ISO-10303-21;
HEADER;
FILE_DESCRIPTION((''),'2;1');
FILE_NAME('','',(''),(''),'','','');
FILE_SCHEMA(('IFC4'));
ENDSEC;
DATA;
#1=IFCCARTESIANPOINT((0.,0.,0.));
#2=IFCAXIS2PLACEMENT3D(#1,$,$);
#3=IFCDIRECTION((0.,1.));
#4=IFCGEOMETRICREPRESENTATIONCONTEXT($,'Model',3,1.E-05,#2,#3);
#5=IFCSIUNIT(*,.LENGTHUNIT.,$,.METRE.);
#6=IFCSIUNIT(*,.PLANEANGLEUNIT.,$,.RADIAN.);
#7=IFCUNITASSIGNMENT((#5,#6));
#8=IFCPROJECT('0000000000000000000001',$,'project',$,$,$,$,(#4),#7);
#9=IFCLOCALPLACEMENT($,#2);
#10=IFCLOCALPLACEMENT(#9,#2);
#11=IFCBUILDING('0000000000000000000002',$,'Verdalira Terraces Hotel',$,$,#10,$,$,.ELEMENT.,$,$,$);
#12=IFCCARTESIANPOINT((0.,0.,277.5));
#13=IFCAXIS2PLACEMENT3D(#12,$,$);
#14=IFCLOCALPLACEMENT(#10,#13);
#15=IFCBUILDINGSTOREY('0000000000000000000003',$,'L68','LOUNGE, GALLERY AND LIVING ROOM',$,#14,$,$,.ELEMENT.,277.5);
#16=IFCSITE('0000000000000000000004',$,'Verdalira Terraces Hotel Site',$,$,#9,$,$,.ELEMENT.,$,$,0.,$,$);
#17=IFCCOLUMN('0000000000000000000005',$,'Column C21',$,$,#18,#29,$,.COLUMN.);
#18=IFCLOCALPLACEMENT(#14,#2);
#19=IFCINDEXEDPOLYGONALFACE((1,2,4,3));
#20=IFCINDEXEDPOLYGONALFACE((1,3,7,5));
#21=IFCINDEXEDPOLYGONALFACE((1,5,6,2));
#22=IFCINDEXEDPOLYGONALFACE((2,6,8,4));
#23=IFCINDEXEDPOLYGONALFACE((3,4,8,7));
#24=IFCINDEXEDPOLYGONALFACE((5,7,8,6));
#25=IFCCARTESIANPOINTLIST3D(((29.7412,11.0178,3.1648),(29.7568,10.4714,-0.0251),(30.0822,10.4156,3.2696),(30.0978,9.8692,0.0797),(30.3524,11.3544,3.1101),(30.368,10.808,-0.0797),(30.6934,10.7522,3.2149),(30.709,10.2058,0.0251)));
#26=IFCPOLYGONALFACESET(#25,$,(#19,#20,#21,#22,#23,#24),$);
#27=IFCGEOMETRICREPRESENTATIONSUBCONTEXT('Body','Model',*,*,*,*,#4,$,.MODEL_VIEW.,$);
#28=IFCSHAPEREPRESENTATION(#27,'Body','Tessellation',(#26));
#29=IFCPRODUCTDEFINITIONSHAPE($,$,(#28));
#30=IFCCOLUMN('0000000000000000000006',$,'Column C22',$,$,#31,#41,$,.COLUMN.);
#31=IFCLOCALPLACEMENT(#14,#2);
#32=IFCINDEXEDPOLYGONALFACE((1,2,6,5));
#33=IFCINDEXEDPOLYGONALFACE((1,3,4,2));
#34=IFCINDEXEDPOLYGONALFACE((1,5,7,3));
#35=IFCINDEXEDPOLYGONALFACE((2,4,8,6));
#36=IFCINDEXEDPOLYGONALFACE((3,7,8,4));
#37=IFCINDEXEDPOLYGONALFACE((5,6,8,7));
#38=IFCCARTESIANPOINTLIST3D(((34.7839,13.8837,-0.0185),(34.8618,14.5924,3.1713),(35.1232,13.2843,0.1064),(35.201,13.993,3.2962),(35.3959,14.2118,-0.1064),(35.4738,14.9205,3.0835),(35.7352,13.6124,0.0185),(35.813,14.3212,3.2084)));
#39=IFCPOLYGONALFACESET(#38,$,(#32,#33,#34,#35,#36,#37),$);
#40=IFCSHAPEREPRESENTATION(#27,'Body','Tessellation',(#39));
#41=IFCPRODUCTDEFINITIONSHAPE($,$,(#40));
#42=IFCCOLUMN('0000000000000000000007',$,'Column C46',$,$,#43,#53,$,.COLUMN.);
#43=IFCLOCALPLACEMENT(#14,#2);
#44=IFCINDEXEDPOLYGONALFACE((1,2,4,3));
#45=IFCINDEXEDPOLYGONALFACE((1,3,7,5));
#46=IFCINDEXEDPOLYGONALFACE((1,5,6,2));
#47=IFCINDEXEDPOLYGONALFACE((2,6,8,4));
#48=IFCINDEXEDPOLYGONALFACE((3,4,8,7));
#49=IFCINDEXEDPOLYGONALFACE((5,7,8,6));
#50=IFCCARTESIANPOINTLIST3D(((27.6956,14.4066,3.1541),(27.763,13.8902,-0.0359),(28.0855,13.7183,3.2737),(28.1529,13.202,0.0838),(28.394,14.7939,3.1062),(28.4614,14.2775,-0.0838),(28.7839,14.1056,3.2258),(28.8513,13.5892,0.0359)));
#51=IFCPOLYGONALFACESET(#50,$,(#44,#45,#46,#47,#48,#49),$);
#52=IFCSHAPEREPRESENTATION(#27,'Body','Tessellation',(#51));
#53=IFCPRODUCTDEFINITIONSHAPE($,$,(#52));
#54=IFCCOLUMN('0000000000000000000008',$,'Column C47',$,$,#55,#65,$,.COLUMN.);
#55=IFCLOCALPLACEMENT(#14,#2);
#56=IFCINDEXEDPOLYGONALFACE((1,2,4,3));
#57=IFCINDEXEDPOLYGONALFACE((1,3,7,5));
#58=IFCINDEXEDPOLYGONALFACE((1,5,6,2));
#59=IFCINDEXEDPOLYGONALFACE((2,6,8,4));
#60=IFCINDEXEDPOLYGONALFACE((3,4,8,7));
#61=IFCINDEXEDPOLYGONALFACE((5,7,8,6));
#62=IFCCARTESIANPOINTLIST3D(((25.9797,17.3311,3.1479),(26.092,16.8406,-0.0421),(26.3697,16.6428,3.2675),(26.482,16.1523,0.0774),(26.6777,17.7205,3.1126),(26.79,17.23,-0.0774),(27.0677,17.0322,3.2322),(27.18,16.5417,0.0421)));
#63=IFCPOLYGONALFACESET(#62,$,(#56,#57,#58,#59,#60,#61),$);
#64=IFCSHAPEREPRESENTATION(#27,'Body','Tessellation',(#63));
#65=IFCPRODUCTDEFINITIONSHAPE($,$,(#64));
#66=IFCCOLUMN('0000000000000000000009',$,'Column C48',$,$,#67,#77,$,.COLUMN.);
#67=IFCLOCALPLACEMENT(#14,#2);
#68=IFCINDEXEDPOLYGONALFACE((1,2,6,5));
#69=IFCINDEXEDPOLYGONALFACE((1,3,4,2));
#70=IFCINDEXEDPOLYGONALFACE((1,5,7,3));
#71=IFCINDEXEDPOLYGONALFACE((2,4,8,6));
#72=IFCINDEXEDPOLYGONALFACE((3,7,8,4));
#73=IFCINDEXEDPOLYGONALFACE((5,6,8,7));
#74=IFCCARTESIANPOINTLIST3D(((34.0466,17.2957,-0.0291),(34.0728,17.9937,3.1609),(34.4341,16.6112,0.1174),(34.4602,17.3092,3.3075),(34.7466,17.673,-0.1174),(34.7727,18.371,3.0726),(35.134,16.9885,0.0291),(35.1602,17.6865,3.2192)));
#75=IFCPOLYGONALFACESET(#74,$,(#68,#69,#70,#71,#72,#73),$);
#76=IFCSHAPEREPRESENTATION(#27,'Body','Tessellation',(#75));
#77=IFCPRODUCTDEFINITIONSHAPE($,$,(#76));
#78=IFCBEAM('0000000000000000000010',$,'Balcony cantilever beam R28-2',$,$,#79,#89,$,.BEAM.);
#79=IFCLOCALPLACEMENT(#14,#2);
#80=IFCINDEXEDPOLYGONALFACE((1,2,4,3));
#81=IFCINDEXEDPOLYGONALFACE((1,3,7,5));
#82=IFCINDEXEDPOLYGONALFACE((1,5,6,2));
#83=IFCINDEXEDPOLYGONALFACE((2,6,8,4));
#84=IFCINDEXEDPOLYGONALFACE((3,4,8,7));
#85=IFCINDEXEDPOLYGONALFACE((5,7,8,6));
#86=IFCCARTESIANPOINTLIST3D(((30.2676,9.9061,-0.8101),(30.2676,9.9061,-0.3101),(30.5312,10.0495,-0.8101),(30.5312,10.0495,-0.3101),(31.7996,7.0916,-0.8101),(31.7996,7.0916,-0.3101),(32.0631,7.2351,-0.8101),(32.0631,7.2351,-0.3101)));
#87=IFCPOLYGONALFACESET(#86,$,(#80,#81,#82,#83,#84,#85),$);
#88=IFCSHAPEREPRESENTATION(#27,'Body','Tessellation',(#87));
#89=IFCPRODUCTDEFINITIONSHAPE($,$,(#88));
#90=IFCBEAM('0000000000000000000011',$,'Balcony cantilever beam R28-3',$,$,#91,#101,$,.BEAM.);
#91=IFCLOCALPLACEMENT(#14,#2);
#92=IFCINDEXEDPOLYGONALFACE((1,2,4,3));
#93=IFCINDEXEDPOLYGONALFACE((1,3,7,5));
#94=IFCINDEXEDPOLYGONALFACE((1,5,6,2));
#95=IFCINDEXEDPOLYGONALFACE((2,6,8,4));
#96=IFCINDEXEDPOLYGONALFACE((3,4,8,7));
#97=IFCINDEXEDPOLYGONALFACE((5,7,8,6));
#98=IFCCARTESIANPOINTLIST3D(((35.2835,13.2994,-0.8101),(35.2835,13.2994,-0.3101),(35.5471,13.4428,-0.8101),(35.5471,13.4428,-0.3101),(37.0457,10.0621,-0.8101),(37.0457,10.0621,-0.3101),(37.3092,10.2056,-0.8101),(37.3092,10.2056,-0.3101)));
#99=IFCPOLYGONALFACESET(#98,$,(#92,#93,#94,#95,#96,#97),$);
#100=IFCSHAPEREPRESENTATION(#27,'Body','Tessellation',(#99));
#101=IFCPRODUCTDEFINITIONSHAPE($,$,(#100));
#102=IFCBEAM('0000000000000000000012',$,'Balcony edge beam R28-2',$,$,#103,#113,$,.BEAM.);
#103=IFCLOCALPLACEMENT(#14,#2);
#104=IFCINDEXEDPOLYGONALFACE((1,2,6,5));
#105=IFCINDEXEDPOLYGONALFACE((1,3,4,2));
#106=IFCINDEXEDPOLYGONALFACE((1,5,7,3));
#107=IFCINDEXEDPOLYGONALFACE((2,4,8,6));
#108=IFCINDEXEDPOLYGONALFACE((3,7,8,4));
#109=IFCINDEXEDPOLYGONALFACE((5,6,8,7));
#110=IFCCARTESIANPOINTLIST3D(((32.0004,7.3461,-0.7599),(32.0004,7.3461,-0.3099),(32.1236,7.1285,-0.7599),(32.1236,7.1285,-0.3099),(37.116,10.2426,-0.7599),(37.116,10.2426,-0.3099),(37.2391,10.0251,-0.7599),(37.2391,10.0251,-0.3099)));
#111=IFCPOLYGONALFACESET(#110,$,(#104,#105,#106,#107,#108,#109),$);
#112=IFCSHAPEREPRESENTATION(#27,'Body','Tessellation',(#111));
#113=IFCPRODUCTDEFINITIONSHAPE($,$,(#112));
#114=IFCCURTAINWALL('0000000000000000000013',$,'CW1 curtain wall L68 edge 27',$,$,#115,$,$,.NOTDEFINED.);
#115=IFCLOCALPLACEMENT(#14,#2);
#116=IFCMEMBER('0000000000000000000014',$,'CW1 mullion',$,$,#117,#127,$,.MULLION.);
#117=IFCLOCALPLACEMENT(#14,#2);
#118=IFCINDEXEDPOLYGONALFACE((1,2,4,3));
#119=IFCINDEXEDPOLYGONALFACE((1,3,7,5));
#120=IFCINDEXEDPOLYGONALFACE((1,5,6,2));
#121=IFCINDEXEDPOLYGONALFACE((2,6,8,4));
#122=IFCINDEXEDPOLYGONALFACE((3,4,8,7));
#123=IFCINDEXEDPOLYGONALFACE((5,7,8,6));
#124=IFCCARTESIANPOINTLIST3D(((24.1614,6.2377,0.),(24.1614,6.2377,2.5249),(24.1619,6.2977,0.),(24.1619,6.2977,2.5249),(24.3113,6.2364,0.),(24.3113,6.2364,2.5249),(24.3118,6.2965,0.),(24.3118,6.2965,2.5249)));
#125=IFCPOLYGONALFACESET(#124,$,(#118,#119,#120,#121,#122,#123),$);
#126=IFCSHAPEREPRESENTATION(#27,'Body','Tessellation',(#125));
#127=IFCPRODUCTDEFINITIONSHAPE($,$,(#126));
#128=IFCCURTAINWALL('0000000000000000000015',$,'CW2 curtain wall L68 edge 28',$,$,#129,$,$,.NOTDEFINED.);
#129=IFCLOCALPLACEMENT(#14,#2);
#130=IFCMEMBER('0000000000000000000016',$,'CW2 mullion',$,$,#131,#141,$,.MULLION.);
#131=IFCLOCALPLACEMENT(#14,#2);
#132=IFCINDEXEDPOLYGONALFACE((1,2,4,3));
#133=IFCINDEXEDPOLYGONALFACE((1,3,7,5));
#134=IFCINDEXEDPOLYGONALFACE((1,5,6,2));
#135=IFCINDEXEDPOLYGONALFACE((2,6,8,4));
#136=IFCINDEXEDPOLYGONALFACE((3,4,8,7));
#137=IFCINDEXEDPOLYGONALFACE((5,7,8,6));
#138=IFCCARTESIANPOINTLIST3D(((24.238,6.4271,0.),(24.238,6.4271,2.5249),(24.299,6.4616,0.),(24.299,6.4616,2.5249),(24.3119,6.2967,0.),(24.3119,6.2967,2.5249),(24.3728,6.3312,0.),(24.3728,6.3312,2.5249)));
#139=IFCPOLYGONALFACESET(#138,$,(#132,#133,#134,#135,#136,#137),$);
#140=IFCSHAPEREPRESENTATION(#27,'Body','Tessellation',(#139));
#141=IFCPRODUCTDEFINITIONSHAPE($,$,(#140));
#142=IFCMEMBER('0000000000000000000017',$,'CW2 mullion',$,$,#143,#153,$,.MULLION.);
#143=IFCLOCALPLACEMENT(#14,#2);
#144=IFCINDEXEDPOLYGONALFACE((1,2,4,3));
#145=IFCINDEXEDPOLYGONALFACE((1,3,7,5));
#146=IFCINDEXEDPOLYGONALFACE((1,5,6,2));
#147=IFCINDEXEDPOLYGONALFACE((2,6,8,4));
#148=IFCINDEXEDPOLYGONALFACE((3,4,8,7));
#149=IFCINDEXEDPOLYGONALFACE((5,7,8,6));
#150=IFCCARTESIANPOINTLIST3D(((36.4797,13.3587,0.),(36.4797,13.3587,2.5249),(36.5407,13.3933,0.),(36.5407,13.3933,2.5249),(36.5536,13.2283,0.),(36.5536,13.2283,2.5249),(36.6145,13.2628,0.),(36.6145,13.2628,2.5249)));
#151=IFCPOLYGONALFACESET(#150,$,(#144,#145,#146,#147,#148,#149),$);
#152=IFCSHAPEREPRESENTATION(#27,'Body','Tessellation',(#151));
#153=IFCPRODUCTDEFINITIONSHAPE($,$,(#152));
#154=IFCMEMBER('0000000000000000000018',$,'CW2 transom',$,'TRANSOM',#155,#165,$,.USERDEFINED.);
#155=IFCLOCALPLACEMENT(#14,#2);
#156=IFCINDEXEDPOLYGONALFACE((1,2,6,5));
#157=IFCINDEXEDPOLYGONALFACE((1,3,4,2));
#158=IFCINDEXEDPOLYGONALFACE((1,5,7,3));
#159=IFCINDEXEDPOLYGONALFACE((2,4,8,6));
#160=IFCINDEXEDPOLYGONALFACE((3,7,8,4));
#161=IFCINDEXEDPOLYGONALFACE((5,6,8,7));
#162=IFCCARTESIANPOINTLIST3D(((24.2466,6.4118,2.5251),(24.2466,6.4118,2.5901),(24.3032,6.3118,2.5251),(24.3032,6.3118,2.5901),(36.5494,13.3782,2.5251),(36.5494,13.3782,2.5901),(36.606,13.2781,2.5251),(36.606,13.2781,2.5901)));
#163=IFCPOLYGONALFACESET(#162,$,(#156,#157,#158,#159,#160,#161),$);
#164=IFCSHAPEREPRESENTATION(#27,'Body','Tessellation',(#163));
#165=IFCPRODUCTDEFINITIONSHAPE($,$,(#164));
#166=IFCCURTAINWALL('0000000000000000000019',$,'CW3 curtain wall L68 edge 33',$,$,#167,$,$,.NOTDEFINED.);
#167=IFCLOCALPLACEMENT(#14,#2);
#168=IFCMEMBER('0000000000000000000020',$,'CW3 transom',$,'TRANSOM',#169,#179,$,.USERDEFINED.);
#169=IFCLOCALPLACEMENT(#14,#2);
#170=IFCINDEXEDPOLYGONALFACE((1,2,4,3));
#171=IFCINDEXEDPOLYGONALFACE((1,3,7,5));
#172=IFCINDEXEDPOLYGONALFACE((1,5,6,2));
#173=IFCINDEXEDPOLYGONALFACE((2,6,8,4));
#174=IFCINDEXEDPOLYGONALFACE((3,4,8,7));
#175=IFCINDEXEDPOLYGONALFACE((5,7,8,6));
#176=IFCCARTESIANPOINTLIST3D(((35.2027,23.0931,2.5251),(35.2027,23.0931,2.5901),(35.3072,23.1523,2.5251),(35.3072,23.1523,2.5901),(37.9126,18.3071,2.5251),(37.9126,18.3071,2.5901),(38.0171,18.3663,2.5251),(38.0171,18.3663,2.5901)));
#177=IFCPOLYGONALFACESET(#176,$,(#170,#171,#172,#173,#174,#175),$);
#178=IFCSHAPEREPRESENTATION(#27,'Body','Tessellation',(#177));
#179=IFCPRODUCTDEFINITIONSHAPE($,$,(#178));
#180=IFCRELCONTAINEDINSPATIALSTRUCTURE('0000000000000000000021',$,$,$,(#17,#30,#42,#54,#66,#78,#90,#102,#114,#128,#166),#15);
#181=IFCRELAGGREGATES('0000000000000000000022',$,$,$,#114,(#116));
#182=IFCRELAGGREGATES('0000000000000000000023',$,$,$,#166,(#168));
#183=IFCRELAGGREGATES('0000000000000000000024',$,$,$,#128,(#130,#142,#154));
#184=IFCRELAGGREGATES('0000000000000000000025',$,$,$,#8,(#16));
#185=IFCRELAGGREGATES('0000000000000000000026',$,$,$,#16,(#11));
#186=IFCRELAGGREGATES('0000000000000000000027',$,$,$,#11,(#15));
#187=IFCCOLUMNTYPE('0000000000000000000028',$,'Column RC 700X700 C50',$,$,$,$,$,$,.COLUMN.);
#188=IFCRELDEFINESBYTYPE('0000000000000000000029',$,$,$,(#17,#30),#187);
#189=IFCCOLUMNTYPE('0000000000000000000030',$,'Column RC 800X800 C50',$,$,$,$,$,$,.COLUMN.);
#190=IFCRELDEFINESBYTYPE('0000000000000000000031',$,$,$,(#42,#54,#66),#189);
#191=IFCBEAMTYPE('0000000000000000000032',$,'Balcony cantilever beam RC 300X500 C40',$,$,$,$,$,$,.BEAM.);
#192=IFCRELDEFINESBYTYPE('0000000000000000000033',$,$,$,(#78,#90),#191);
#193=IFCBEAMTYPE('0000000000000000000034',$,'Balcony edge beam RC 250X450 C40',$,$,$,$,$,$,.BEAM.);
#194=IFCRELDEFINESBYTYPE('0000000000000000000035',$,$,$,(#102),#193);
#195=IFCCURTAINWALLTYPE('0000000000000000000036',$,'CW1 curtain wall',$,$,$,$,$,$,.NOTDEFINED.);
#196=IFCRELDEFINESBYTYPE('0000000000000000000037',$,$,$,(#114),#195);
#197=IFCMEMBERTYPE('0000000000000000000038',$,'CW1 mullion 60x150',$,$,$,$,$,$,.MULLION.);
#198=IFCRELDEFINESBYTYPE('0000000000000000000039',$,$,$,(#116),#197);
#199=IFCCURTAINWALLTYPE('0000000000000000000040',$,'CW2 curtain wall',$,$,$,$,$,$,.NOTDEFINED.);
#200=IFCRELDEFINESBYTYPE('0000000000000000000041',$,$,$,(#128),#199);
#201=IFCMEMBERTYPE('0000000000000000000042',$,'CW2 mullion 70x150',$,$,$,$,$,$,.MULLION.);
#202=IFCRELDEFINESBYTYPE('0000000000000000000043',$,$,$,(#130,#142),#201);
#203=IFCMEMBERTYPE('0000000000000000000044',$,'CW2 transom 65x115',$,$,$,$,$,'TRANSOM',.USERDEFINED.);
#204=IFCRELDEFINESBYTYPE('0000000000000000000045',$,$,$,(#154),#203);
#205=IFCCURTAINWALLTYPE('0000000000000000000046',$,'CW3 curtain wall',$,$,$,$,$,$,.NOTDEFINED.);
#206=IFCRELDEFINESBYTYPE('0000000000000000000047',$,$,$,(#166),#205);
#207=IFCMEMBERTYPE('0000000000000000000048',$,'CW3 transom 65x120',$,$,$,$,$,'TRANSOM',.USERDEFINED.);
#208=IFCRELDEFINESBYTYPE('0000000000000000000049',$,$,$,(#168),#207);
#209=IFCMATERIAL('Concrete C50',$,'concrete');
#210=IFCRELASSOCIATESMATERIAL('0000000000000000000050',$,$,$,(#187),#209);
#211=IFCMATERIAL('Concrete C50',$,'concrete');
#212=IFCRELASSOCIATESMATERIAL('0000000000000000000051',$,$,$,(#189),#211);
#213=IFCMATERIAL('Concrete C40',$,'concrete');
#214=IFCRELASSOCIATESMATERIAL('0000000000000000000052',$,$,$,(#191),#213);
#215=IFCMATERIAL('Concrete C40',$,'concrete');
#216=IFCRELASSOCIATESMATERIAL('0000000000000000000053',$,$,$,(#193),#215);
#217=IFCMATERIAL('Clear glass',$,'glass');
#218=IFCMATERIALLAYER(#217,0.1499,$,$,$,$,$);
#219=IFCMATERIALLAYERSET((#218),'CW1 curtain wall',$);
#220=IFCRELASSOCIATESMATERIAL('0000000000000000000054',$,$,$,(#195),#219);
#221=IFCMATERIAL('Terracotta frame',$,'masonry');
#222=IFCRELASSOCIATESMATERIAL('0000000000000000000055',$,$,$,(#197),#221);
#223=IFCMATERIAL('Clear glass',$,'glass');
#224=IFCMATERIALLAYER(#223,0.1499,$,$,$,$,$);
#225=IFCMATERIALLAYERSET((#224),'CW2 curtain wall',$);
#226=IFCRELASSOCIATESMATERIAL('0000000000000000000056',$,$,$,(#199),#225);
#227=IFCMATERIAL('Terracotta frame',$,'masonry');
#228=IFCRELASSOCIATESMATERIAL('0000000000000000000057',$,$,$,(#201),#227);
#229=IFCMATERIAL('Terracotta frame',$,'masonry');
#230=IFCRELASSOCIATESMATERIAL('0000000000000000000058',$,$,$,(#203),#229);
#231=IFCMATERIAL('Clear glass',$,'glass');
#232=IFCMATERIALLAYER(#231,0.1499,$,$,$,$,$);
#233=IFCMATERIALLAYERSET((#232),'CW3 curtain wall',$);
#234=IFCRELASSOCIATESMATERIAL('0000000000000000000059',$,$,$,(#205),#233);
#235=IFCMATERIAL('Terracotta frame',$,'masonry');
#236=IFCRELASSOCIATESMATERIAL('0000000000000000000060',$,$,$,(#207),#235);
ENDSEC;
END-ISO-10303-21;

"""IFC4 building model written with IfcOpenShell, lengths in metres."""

from ifc_helpers import new_model, si_unit, direction, frame, origin, origin_2d, place, context, subcontext, project, spatial, rectangle, extrude, material, layer, layer_set, material_profile, profile_set, type_object, element, aggregate, save


model = new_model("IFC4")

# Units and contexts
model_context = context("Model", 3, precision=1e-05, world=origin(), true_north=direction((0.0, 1.0)))
body_context = subcontext(model_context, "Body", "Model", "MODEL_VIEW")
ifc_project = project(units=[si_unit("LENGTHUNIT", "METRE"), si_unit("PLANEANGLEUNIT", "RADIAN")], contexts=[model_context])

# Site, building, storey
site_placement = place(None, origin())
site = spatial("IfcSite", under=ifc_project, at=site_placement, Name="Verdalira Terraces Hotel Site", CompositionType="ELEMENT", RefElevation=0.0)
building_placement = place(site_placement, origin())
building = spatial("IfcBuilding", under=site, at=building_placement, Name="Verdalira Terraces Hotel", CompositionType="ELEMENT")
storey_placement = place(building_placement, frame((0.0, 0.0, 277.5)))
storey = spatial("IfcBuildingStorey", under=building, at=storey_placement, Name="L68", Description="LOUNGE, GALLERY AND LIVING ROOM", CompositionType="ELEMENT", Elevation=277.5)

# Columns
ifc_material_1 = material(Name="Concrete C50", Category="concrete")
ifc_material_profile_1 = material_profile(ifc_material_1, rectangle(XDim=0.7, YDim=0.7, at=origin_2d()), Name="RC 700X700")
ifc_profile_set_1 = profile_set([ifc_material_profile_1], Name="Concrete C50")
column_type_1 = type_object("IfcColumnType", Name="Column RC 700X700 C50", PredefinedType="COLUMN", material=ifc_profile_set_1)
column_1_placement = place(storey_placement, frame((30.2329, 10.3386, 0.0), z_axis=(-0.004828, 0.168824, 0.985634), x_axis=(0.873294, 0.480895, -0.078092)))
element("IfcColumn", 1, at=column_1_placement, inside=storey, type_object=column_type_1, Name="Column C21", PredefinedType="COLUMN", context=body_context, shape_type="SweptSolid", body=[
    extrude(rectangle(XDim=0.7, YDim=0.7, at=origin_2d()), origin(), (0.0, 0.0, 1.0), 3.2363),
])
column_2_placement = place(storey_placement, frame((35.2595, 13.748, 0.0), z_axis=(0.023827, 0.216829, 0.975919), x_axis=(0.874344, 0.468798, -0.125504)))
element("IfcColumn", 2, at=column_2_placement, inside=storey, type_object=column_type_1, Name="Column C22", PredefinedType="COLUMN", context=body_context, shape_type="SweptSolid", body=[
    extrude(rectangle(XDim=0.7, YDim=0.7, at=origin_2d()), origin(), (0.0, 0.0, 1.0), 3.2686),
])
ifc_material_2 = material(Name="Concrete C50", Category="concrete")
ifc_material_profile_2 = material_profile(ifc_material_2, rectangle(XDim=0.8, YDim=0.8, at=origin_2d()), Name="RC 800X800")
ifc_profile_set_2 = profile_set([ifc_material_profile_2], Name="Concrete C50")
column_type_2 = type_object("IfcColumnType", Name="Column RC 800X800 C50", PredefinedType="COLUMN", material=ifc_profile_set_2)
column_3_placement = place(storey_placement, frame((28.3071, 13.7397, 0.0), z_axis=(-0.020848, 0.159756, 0.986936), x_axis=(0.872969, 0.484082, -0.059918)))
element("IfcColumn", 3, at=column_3_placement, inside=storey, type_object=column_type_2, Name="Column C46", PredefinedType="COLUMN", context=body_context, shape_type="SweptSolid", body=[
    extrude(rectangle(XDim=0.8, YDim=0.8, at=origin_2d()), origin(), (0.0, 0.0, 1.0), 3.2322),
])
column_4_placement = place(storey_placement, frame((26.636, 16.6912, 0.0), z_axis=(-0.034776, 0.15188, 0.987787), x_axis=(0.872446, 0.486716, -0.044121)))
element("IfcColumn", 4, at=column_4_placement, inside=storey, type_object=column_type_2, Name="Column C47", PredefinedType="COLUMN", context=body_context, shape_type="SweptSolid", body=[
    extrude(rectangle(XDim=0.8, YDim=0.8, at=origin_2d()), origin(), (0.0, 0.0, 1.0), 3.2295),
])
column_5_placement = place(storey_placement, frame((34.5903, 17.1421, 0.0), z_axis=(0.008, 0.213748, 0.976856), x_axis=(0.874871, 0.471617, -0.11036)))
element("IfcColumn", 5, at=column_5_placement, inside=storey, type_object=column_type_2, Name="Column C48", PredefinedType="COLUMN", context=body_context, shape_type="SweptSolid", body=[
    extrude(rectangle(XDim=0.8, YDim=0.8, at=origin_2d()), origin(), (0.0, 0.0, 1.0), 3.2656),
])

# Beams
ifc_material_3 = material(Name="Concrete C40", Category="concrete")
ifc_material_profile_3 = material_profile(ifc_material_3, rectangle(XDim=0.3, YDim=0.5, at=origin_2d()), Name="RC 300X500")
ifc_profile_set_3 = profile_set([ifc_material_profile_3], Name="Concrete C40")
beam_type_1 = type_object("IfcBeamType", Name="Balcony cantilever beam RC 300X500 C40", PredefinedType="BEAM", material=ifc_profile_set_3)
beam_1_placement = place(storey_placement, frame((30.3994, 9.9778, -0.5601), z_axis=(0.478089, -0.878312, 0.0), x_axis=(0.878312, 0.478089, 0.0)))
element("IfcBeam", 6, at=beam_1_placement, inside=storey, type_object=beam_type_1, Name="Balcony cantilever beam R28-2", PredefinedType="BEAM", context=body_context, shape_type="SweptSolid", body=[
    extrude(rectangle(XDim=0.3, YDim=0.5, at=origin_2d()), origin(), (0.0, 0.0, 1.0), 3.2043),
])
beam_2_placement = place(storey_placement, frame((35.4153, 13.3711, -0.5601), z_axis=(0.4781, -0.878305, 0.0), x_axis=(0.878305, 0.4781, 0.0)))
element("IfcBeam", 7, at=beam_2_placement, inside=storey, type_object=beam_type_1, Name="Balcony cantilever beam R28-3", PredefinedType="BEAM", context=body_context, shape_type="SweptSolid", body=[
    extrude(rectangle(XDim=0.3, YDim=0.5, at=origin_2d()), origin(), (0.0, 0.0, 1.0), 3.6858),
])
ifc_material_4 = material(Name="Concrete C40", Category="concrete")
ifc_material_profile_4 = material_profile(ifc_material_4, rectangle(XDim=0.25, YDim=0.45, at=origin_2d()), Name="RC 250X450")
ifc_profile_set_4 = profile_set([ifc_material_profile_4], Name="Concrete C40")
beam_type_2 = type_object("IfcBeamType", Name="Balcony edge beam RC 250X450 C40", PredefinedType="BEAM", material=ifc_profile_set_4)
beam_3_placement = place(storey_placement, frame((32.062, 7.2373, -0.5349), z_axis=(0.870189, 0.492718, 0.0), x_axis=(-0.492718, 0.870189, 0.0)))
element("IfcBeam", 8, at=beam_3_placement, inside=storey, type_object=beam_type_2, Name="Balcony edge beam R28-2", PredefinedType="BEAM", context=body_context, shape_type="SweptSolid", body=[
    extrude(rectangle(XDim=0.25, YDim=0.45, at=origin_2d()), origin(), (0.0, 0.0, 1.0), 5.8787),
])

# Curtain wall, member
ifc_material_5 = material(Name="Clear glass", Category="glass")
ifc_layer_1 = layer(ifc_material_5, 0.1499)
ifc_layer_set_1 = layer_set([ifc_layer_1], Name="CW1 curtain wall")
curtain_wall_type_1 = type_object("IfcCurtainWallType", Name="CW1 curtain wall", PredefinedType="NOTDEFINED", material=ifc_layer_set_1)
curtain_wall_1_placement = place(storey_placement, origin())
curtain_wall_1 = element("IfcCurtainWall", 9, at=curtain_wall_1_placement, inside=storey, type_object=curtain_wall_type_1, Name="CW1 curtain wall L68 edge 27", PredefinedType="NOTDEFINED")
ifc_material_6 = material(Name="Terracotta frame", Category="masonry")
ifc_material_profile_5 = material_profile(ifc_material_6, rectangle(XDim=0.0601, YDim=0.1499, at=origin_2d()), Name="MU 60x150")
ifc_profile_set_5 = profile_set([ifc_material_profile_5], Name="Terracotta frame")
member_type_1 = type_object("IfcMemberType", Name="CW1 mullion 60x150", PredefinedType="MULLION", material=ifc_profile_set_5)
member_1_placement = place(storey_placement, frame((24.2366, 6.2671, 0.0), z_axis=(0.0, 0.0, 1.0), x_axis=(0.008377, 0.999965, 0.0)))
member_1 = element("IfcMember", 10, at=member_1_placement, type_object=member_type_1, Name="CW1 mullion", PredefinedType="MULLION", context=body_context, shape_type="SweptSolid", body=[
    extrude(rectangle(XDim=0.0601, YDim=0.1499, at=origin_2d()), origin(), (0.0, 0.0, 1.0), 2.5249),
])
aggregate(curtain_wall_1, [member_1])

# Curtain wall, members
ifc_material_7 = material(Name="Clear glass", Category="glass")
ifc_layer_2 = layer(ifc_material_7, 0.1499)
ifc_layer_set_2 = layer_set([ifc_layer_2], Name="CW2 curtain wall")
curtain_wall_type_2 = type_object("IfcCurtainWallType", Name="CW2 curtain wall", PredefinedType="NOTDEFINED", material=ifc_layer_set_2)
curtain_wall_2_placement = place(storey_placement, origin())
curtain_wall_2 = element("IfcCurtainWall", 11, at=curtain_wall_2_placement, inside=storey, type_object=curtain_wall_type_2, Name="CW2 curtain wall L68 edge 28", PredefinedType="NOTDEFINED")
ifc_material_8 = material(Name="Terracotta frame", Category="masonry")
ifc_material_profile_6 = material_profile(ifc_material_8, rectangle(XDim=0.0701, YDim=0.1499, at=origin_2d()), Name="MU 70x150")
ifc_profile_set_6 = profile_set([ifc_material_profile_6], Name="Terracotta frame")
member_type_2 = type_object("IfcMemberType", Name="CW2 mullion 70x150", PredefinedType="MULLION", material=ifc_profile_set_6)
member_2_placement = place(storey_placement, frame((24.3054, 6.3792, 0.0), z_axis=(0.0, 0.0, 1.0), x_axis=(0.870184, 0.492727, 0.0)))
member_2 = element("IfcMember", 12, at=member_2_placement, type_object=member_type_2, Name="CW2 mullion", PredefinedType="MULLION", context=body_context, shape_type="SweptSolid", body=[
    extrude(rectangle(XDim=0.0701, YDim=0.1499, at=origin_2d()), origin(), (0.0, 0.0, 1.0), 2.5249),
])
member_3_placement = place(storey_placement, frame((36.5471, 13.3108, 0.0), z_axis=(0.0, 0.0, 1.0), x_axis=(0.870184, 0.492727, 0.0)))
member_3 = element("IfcMember", 13, at=member_3_placement, type_object=member_type_2, Name="CW2 mullion", PredefinedType="MULLION", context=body_context, shape_type="SweptSolid", body=[
    extrude(rectangle(XDim=0.0701, YDim=0.1499, at=origin_2d()), origin(), (0.0, 0.0, 1.0), 2.5249),
])
ifc_material_9 = material(Name="Terracotta frame", Category="masonry")
ifc_material_profile_7 = material_profile(ifc_material_9, rectangle(XDim=0.115, YDim=0.0649, at=origin_2d()), Name="TR 65x115")
ifc_profile_set_7 = profile_set([ifc_material_profile_7], Name="Terracotta frame")
member_type_3 = type_object("IfcMemberType", Name="CW2 transom 65x115", ElementType="TRANSOM", PredefinedType="USERDEFINED", material=ifc_profile_set_7)
member_4_placement = place(storey_placement, frame((24.2749, 6.3618, 2.5576), z_axis=(0.870181, 0.492732, 0.0), x_axis=(-0.492732, 0.870181, 0.0)))
member_4 = element("IfcMember", 14, at=member_4_placement, type_object=member_type_3, Name="CW2 transom", ObjectType="TRANSOM", PredefinedType="USERDEFINED", context=body_context, shape_type="SweptSolid", body=[
    extrude(rectangle(XDim=0.115, YDim=0.0649, at=origin_2d()), origin(), (0.0, 0.0, 1.0), 14.1382),
])

# Curtain wall, member
ifc_material_10 = material(Name="Clear glass", Category="glass")
ifc_layer_3 = layer(ifc_material_10, 0.1499)
ifc_layer_set_3 = layer_set([ifc_layer_3], Name="CW3 curtain wall")
curtain_wall_type_3 = type_object("IfcCurtainWallType", Name="CW3 curtain wall", PredefinedType="NOTDEFINED", material=ifc_layer_set_3)
curtain_wall_3_placement = place(storey_placement, origin())
curtain_wall_3 = element("IfcCurtainWall", 15, at=curtain_wall_3_placement, inside=storey, type_object=curtain_wall_type_3, Name="CW3 curtain wall L68 edge 33", PredefinedType="NOTDEFINED")
ifc_material_11 = material(Name="Terracotta frame", Category="masonry")
ifc_material_profile_8 = material_profile(ifc_material_11, rectangle(XDim=0.1201, YDim=0.0649, at=origin_2d()), Name="TR 65x120")
ifc_profile_set_8 = profile_set([ifc_material_profile_8], Name="Terracotta frame")
member_type_4 = type_object("IfcMemberType", Name="CW3 transom 65x120", ElementType="TRANSOM", PredefinedType="USERDEFINED", material=ifc_profile_set_8)
member_5_placement = place(storey_placement, frame((37.9648, 18.3367, 2.5576), z_axis=(-0.492712, 0.870192, 0.0), x_axis=(-0.870192, -0.492712, 0.0)))
member_5 = element("IfcMember", 16, at=member_5_placement, type_object=member_type_4, Name="CW3 transom", ObjectType="TRANSOM", PredefinedType="USERDEFINED", context=body_context, shape_type="SweptSolid", body=[
    extrude(rectangle(XDim=0.1201, YDim=0.0649, at=origin_2d()), origin(), (0.0, 0.0, 1.0), 5.5),
])
aggregate(curtain_wall_3, [member_5])

aggregate(curtain_wall_2, [member_2, member_3, member_4])

save(model, "model.ifc")
